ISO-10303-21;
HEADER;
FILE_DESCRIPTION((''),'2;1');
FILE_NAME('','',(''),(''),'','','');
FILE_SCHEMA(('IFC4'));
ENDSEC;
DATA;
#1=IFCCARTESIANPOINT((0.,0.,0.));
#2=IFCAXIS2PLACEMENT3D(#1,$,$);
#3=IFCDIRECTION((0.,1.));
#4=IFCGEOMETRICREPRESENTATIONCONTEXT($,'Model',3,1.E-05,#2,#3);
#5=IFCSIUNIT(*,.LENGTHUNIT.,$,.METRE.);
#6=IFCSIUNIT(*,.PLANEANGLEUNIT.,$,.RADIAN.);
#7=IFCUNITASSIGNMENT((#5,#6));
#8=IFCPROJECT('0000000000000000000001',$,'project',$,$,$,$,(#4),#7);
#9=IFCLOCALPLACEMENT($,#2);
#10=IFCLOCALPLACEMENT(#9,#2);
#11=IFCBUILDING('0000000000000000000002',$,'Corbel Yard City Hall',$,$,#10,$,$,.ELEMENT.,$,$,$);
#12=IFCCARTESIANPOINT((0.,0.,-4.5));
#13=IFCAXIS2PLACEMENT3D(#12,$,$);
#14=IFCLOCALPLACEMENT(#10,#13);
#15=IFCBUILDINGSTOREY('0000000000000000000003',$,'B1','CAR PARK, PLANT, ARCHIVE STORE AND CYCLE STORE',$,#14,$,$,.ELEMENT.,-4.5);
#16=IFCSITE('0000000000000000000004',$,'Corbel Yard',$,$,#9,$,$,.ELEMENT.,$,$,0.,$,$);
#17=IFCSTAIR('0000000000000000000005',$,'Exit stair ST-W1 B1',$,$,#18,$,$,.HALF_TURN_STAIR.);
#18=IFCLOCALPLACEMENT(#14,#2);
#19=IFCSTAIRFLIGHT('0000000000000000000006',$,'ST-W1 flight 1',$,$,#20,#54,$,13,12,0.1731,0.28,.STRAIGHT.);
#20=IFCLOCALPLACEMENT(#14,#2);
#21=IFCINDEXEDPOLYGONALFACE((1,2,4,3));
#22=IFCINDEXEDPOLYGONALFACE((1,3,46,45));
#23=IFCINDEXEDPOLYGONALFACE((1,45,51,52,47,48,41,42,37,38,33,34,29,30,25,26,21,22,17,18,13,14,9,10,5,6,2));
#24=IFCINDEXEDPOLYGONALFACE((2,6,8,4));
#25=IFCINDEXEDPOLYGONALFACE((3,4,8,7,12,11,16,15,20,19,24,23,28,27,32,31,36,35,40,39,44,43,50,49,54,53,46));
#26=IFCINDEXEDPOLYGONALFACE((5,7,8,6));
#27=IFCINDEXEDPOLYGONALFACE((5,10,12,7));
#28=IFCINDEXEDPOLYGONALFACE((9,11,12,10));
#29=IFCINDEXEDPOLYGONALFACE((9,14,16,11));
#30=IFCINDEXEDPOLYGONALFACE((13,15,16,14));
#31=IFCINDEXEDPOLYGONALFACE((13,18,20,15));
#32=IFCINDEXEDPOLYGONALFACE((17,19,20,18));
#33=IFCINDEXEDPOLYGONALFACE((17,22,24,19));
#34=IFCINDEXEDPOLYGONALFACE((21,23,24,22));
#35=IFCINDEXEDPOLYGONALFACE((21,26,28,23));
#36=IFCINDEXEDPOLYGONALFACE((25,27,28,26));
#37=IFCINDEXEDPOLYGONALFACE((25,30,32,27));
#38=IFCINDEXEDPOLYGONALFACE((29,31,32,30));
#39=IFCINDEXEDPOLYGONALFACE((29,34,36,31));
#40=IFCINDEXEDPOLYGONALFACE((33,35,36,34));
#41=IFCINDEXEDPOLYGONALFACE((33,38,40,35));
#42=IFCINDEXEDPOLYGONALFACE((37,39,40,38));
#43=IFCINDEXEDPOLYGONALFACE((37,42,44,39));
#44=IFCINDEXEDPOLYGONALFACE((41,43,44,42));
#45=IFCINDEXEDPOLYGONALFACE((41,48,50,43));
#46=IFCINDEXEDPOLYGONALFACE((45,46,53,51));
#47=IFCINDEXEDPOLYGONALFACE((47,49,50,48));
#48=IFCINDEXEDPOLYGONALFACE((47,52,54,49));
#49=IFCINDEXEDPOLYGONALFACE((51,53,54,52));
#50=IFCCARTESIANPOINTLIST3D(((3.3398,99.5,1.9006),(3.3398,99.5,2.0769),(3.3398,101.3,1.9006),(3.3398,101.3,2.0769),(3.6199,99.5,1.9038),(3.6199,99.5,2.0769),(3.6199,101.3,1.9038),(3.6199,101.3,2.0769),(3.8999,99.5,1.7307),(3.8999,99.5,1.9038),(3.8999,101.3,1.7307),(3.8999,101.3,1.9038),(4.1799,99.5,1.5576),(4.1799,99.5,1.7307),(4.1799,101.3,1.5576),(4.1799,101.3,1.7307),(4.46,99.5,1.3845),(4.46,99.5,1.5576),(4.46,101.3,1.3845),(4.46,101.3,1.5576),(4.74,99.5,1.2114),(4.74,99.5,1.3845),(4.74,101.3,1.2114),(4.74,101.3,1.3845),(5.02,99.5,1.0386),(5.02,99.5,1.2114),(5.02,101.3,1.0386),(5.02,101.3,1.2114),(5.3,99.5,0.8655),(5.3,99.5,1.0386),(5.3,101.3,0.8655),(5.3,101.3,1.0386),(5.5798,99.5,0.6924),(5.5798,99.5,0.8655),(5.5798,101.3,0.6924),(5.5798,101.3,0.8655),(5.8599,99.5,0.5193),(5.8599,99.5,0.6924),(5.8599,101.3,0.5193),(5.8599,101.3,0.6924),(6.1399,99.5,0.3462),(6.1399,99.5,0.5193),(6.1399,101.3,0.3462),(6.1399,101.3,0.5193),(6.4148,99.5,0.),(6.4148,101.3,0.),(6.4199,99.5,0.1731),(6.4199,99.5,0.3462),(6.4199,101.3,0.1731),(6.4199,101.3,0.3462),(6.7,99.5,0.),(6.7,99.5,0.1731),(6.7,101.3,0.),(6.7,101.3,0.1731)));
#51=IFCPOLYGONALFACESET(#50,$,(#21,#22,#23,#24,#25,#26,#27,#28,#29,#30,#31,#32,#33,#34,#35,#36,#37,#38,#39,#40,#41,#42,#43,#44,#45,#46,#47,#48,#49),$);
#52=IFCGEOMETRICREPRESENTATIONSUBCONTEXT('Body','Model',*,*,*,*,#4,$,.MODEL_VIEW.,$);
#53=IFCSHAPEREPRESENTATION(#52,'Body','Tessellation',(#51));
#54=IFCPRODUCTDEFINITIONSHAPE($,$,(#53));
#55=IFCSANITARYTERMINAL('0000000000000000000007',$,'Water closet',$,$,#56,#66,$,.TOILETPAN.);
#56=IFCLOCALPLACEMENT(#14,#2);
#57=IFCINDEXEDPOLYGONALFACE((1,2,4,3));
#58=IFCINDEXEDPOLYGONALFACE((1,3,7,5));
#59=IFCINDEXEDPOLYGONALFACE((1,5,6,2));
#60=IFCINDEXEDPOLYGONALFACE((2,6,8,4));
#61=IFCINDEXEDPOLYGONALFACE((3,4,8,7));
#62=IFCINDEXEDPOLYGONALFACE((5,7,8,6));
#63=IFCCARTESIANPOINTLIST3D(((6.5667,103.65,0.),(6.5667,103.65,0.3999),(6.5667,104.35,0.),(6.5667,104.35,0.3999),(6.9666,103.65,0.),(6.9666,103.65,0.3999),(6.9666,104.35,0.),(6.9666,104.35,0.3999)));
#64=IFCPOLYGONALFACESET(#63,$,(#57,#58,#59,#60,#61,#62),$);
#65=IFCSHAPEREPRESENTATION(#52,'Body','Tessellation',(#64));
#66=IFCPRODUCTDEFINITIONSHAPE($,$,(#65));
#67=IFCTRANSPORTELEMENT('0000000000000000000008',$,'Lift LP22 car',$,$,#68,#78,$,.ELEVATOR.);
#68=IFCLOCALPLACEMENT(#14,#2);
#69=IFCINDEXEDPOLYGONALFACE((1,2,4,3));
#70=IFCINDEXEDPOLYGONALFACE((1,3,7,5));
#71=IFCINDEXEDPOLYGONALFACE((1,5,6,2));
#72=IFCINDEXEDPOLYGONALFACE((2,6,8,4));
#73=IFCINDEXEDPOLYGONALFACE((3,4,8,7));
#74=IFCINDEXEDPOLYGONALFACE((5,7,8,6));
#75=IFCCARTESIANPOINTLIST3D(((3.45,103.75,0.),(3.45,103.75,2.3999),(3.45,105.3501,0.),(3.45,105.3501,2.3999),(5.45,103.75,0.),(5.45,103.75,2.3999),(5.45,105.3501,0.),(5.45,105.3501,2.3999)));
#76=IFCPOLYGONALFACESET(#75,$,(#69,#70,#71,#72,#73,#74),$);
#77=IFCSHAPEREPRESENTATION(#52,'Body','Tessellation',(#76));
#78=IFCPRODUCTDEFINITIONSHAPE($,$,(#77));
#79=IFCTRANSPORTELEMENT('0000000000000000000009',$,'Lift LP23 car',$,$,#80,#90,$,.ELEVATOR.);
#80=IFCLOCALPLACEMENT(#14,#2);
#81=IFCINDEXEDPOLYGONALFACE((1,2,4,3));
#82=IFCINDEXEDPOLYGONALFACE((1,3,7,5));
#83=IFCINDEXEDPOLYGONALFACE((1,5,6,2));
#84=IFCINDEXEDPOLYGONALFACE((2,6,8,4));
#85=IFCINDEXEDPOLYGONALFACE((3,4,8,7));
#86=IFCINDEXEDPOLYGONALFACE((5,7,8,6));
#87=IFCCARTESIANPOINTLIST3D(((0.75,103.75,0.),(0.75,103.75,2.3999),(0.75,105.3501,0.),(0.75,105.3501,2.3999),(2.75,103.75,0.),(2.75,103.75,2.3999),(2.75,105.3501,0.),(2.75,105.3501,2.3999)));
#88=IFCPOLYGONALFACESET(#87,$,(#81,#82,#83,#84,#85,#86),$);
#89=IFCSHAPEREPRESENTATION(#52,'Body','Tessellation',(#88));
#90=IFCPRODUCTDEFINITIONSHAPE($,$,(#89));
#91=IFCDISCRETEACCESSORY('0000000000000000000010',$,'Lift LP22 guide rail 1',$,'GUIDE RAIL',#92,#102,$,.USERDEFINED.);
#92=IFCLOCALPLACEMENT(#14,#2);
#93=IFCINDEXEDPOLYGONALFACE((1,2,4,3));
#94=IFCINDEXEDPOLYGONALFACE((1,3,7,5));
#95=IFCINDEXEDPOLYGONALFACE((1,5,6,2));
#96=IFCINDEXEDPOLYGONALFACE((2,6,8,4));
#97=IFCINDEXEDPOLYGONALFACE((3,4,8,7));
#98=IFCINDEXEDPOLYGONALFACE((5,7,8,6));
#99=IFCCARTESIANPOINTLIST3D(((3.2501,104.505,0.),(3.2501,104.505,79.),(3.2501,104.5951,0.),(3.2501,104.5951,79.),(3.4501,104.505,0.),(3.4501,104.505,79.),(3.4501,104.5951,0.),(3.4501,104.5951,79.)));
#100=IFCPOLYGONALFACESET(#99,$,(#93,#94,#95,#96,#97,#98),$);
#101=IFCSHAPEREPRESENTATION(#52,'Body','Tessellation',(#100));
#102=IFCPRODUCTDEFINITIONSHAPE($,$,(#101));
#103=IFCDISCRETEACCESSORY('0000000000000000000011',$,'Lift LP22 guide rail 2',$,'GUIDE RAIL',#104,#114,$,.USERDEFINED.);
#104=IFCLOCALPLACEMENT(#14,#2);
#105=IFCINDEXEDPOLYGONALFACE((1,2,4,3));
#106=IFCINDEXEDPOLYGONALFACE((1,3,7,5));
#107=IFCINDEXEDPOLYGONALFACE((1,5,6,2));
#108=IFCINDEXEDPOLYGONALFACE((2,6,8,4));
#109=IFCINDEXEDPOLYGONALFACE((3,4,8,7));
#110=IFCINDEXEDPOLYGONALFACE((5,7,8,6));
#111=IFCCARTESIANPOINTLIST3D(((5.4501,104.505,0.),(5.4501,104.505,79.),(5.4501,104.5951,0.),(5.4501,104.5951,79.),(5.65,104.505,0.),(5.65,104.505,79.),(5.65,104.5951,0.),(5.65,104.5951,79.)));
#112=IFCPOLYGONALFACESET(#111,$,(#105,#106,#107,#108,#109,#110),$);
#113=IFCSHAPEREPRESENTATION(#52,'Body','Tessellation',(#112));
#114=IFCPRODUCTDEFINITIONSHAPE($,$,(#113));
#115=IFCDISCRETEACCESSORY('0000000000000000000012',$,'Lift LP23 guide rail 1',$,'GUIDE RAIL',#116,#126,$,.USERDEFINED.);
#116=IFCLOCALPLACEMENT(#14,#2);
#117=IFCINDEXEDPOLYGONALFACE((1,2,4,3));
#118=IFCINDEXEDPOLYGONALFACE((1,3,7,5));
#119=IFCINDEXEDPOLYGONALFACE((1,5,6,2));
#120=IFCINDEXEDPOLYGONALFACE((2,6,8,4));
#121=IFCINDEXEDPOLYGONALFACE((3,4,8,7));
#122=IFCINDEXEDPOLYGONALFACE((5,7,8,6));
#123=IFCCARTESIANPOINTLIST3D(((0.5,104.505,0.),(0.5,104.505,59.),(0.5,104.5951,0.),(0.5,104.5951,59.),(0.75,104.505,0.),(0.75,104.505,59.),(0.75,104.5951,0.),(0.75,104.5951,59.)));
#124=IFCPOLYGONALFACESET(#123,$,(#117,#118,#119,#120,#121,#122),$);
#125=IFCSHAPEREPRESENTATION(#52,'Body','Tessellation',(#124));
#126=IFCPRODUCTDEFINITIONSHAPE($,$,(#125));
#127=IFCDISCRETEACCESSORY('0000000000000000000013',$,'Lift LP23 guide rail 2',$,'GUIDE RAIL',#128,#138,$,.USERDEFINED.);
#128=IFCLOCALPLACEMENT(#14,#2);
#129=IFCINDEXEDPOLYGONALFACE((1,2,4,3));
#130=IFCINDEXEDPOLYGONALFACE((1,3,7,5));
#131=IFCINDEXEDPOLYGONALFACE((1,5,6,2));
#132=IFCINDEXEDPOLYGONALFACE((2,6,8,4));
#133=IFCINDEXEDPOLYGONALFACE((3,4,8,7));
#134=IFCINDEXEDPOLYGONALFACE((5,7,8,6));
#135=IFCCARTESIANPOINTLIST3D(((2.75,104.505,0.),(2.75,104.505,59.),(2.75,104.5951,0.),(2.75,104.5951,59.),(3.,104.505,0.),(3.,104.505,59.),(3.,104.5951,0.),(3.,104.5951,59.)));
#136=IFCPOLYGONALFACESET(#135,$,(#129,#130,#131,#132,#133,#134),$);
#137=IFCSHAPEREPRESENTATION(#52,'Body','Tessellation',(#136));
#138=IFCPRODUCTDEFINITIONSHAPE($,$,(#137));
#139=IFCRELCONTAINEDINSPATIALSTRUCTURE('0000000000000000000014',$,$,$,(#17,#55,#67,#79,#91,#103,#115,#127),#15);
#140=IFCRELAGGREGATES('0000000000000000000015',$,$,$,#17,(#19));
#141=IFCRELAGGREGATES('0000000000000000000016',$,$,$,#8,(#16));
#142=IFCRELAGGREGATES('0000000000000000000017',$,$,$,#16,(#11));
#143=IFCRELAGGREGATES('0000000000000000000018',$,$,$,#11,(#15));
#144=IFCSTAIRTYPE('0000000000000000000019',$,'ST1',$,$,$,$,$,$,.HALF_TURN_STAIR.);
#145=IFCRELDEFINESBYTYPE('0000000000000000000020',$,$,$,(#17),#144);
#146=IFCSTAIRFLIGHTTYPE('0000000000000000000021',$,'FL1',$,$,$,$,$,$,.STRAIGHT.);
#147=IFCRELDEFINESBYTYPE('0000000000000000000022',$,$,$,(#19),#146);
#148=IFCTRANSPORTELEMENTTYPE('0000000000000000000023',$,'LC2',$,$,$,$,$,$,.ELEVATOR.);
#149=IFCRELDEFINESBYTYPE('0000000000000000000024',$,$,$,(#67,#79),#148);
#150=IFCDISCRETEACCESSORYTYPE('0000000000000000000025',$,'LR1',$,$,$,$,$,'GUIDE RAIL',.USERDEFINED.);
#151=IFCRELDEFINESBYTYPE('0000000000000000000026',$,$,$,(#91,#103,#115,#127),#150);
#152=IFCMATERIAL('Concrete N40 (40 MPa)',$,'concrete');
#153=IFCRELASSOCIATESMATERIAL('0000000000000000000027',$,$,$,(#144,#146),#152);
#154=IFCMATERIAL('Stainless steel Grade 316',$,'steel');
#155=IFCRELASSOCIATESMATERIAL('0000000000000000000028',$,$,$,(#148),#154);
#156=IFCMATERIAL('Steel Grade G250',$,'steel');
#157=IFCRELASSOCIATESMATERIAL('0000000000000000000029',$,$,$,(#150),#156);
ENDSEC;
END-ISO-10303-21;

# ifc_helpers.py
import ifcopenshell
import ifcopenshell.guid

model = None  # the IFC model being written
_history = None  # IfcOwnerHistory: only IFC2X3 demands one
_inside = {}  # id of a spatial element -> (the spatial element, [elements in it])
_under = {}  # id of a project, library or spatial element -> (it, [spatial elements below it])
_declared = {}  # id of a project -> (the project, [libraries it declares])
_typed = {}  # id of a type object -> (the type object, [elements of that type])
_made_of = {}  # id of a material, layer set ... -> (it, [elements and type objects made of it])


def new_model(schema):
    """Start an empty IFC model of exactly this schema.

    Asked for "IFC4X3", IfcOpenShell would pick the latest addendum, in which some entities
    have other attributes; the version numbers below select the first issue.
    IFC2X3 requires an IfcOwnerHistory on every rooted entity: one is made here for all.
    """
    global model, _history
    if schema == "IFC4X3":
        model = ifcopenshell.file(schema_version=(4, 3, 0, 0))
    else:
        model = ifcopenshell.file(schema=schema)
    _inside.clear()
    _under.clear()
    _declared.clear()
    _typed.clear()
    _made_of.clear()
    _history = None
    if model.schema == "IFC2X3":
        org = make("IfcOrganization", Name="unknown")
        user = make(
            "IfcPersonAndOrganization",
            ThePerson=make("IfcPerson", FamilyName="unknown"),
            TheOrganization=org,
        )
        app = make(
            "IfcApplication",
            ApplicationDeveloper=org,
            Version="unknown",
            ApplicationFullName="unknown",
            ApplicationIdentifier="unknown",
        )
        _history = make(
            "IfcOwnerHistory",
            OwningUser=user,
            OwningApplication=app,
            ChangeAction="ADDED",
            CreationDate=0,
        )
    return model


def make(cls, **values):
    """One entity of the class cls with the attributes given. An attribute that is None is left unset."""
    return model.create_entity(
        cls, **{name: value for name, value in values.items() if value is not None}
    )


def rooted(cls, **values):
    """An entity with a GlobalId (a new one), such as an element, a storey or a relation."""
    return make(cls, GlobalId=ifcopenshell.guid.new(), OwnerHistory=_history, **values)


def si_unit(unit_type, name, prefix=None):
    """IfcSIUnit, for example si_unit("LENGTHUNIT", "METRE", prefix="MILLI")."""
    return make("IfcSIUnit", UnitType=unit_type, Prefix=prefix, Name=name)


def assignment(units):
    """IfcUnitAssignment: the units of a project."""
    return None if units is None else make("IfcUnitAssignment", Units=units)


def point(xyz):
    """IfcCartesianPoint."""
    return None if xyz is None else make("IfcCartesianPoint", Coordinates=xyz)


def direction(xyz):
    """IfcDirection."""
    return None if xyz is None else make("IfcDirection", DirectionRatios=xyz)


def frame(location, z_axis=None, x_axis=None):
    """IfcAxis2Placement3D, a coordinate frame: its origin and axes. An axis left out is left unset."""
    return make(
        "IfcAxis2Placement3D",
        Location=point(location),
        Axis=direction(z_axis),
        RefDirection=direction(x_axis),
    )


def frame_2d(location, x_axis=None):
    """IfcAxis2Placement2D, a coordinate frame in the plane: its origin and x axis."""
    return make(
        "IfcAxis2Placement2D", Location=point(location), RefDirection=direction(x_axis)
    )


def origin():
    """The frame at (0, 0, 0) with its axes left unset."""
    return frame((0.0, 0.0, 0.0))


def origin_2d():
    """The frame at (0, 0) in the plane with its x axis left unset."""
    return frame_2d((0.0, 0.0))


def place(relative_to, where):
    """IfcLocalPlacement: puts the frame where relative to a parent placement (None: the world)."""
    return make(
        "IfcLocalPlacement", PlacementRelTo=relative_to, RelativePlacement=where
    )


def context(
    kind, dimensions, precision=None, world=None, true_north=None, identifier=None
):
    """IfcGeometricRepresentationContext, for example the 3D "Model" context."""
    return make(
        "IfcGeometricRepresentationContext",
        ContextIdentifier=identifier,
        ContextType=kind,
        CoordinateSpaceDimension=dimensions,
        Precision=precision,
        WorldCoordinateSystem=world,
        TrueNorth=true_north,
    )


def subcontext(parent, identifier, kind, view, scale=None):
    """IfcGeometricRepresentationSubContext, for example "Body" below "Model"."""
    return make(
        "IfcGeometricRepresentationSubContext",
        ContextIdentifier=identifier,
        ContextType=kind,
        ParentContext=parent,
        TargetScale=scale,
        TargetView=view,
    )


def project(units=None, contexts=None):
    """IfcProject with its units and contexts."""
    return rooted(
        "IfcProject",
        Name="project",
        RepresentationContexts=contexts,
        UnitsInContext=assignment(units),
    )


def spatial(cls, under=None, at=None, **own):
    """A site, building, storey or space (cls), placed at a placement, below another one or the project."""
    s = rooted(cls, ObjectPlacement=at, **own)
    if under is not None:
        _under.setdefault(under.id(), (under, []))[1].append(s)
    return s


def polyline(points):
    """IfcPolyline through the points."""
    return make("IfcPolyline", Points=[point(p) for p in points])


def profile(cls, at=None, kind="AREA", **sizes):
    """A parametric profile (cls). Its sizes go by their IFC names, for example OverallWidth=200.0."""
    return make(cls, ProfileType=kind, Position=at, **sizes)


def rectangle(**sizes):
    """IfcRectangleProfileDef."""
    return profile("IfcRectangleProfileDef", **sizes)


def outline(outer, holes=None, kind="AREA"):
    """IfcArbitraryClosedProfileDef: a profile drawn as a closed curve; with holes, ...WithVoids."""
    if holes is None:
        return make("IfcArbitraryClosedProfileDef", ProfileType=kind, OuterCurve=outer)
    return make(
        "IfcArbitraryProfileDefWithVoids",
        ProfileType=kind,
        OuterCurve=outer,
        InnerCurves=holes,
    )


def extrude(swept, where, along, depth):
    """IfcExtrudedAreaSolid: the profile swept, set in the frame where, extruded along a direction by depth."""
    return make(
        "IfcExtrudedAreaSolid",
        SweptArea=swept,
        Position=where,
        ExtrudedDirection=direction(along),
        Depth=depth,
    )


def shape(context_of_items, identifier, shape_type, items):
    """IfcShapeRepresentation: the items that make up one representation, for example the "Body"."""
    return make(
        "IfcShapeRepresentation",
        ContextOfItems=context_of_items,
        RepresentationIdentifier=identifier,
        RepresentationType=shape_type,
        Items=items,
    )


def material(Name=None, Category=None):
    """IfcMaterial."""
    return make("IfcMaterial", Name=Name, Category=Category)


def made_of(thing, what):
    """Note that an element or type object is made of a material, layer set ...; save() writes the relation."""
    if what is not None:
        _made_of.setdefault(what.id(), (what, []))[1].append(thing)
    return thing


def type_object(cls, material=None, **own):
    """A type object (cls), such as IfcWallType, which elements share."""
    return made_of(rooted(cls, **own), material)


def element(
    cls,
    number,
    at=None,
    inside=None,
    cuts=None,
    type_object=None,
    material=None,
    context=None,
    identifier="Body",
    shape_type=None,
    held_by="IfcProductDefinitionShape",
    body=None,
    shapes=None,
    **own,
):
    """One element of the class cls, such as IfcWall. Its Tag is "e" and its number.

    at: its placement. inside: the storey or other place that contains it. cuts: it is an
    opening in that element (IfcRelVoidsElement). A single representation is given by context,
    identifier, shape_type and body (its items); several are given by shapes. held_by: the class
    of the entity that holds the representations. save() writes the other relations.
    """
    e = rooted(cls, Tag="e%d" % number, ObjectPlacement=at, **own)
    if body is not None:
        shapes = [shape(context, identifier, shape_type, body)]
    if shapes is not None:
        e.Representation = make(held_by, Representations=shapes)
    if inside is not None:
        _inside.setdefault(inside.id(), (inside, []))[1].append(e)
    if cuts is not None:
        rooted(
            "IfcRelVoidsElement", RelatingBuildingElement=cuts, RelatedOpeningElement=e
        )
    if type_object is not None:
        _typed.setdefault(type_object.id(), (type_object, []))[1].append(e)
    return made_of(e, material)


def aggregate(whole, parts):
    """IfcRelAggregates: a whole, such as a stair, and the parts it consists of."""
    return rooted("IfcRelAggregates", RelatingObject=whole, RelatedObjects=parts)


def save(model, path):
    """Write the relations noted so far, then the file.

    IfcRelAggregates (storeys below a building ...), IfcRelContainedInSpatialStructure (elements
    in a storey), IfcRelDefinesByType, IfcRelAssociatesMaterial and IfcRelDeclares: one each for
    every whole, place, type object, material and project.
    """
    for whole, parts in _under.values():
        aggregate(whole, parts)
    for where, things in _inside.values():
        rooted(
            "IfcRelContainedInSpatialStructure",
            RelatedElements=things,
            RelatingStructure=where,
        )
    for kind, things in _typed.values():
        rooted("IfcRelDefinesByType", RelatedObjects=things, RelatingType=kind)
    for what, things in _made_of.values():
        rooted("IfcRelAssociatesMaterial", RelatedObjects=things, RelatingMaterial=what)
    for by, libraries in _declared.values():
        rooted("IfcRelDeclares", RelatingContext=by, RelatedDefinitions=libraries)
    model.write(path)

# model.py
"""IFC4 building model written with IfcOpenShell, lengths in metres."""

from ifc_helpers import new_model, si_unit, direction, frame, origin, origin_2d, place, context, subcontext, project, spatial, polyline, rectangle, outline, extrude, material, type_object, element, aggregate, save


model = new_model("IFC4")

# Units and contexts
model_context = context("Model", 3, precision=1e-05, world=origin(), true_north=direction((0.0, 1.0)))
body_context = subcontext(model_context, "Body", "Model", "MODEL_VIEW")
ifc_project = project(units=[si_unit("LENGTHUNIT", "METRE"), si_unit("PLANEANGLEUNIT", "RADIAN")], contexts=[model_context])

# Site, building, storey
site_placement = place(None, origin())
site = spatial("IfcSite", under=ifc_project, at=site_placement, Name="Corbel Yard", CompositionType="ELEMENT", RefElevation=0.0)
building_placement = place(site_placement, origin())
building = spatial("IfcBuilding", under=site, at=building_placement, Name="Corbel Yard City Hall", CompositionType="ELEMENT")
storey_placement = place(building_placement, frame((0.0, 0.0, -4.5)))
storey = spatial("IfcBuildingStorey", under=building, at=storey_placement, Name="B1", Description="CAR PARK, PLANT, ARCHIVE STORE AND CYCLE STORE", CompositionType="ELEMENT", Elevation=-4.5)

# Shared definitions
ifc_material_1 = material(Name="Concrete N40 (40 MPa)", Category="concrete")

# Shared definitions
ifc_material_2 = material(Name="Stainless steel Grade 316", Category="steel")

# Stair, stair flight
stair_type = type_object("IfcStairType", Name="ST1", PredefinedType="HALF_TURN_STAIR", material=ifc_material_1)
stair_placement = place(storey_placement, origin())
stair = element("IfcStair", 1, at=stair_placement, inside=storey, type_object=stair_type, Name="Exit stair ST-W1 B1", PredefinedType="HALF_TURN_STAIR")
stair_flight_type = type_object("IfcStairFlightType", Name="FL1", PredefinedType="STRAIGHT", material=ifc_material_1)
stair_flight_placement = place(storey_placement, frame((6.7, 100.3999, 0.0), z_axis=(0.0, 0.0, 1.0), x_axis=(-1.0, 0.0, 0.0)))
stair_flight = element("IfcStairFlight", 2, at=stair_flight_placement, type_object=stair_flight_type, Name="ST-W1 flight 1", NumberOfRisers=13, NumberOfTreads=12, PredefinedType="STRAIGHT", RiserHeight=0.1731, TreadLength=0.28, context=body_context, shape_type="SweptSolid", body=[
    extrude(outline(polyline([(0.0, 0.0), (0.0, 0.1731), (0.28, 0.1731), (0.28, 0.3462), (0.5601, 0.3462), (0.5601, 0.5193), (0.8401, 0.5193), (0.8401, 0.6924), (1.1201, 0.6924), (1.1201, 0.8655), (1.3999, 0.8655), (1.3999, 1.0386), (1.6799, 1.0386), (1.6799, 1.2114), (1.96, 1.2114), (1.96, 1.3845), (2.24, 1.3845), (2.24, 1.5576), (2.52, 1.5576), (2.52, 1.7307), (2.8, 1.7307), (2.8, 1.9038), (3.0801, 1.9038), (3.0801, 2.0769), (3.3601, 2.0769), (3.3601, 2.25), (3.3601, 1.9006), (0.2852, 0.0), (0.0, 0.0)])), frame((0.0, 0.8999, 0.0), z_axis=(0.0, -1.0, 0.0), x_axis=(1.0, 0.0, 0.0)), (0.0, 0.0, 1.0), 1.8),
])
aggregate(stair, [stair_flight])

# Sanitary terminal
sanitary_terminal_placement = place(storey_placement, frame((6.7666, 104.0, 0.0), z_axis=(0.0, 0.0, 1.0), x_axis=(1.0, 0.0, 0.0)))
element("IfcSanitaryTerminal", 3, at=sanitary_terminal_placement, inside=storey, Name="Water closet", PredefinedType="TOILETPAN", context=body_context, shape_type="SweptSolid", body=[
    extrude(rectangle(XDim=0.3999, YDim=0.7, at=origin_2d()), origin(), (0.0, 0.0, 1.0), 0.3999),
])

# Transport elements
transport_element_type = type_object("IfcTransportElementType", Name="LC2", PredefinedType="ELEVATOR", material=ifc_material_2)
for number, where, z_axis, x_axis, name in (
    (4, (4.45, 104.55, 0.0), (0.0, 0.0, 1.0), (1.0, 0.0, 0.0), "Lift LP22 car"),
    (5, (1.75, 104.55, 0.0), (0.0, 0.0, 1.0), (1.0, 0.0, 0.0), "Lift LP23 car"),
):
    element("IfcTransportElement", number, at=place(storey_placement, frame(where, z_axis=z_axis, x_axis=x_axis)), inside=storey, type_object=transport_element_type, Name=name, PredefinedType="ELEVATOR", context=body_context, shape_type="SweptSolid", body=[
        extrude(rectangle(XDim=2.0, YDim=1.6001, at=origin_2d()), origin(), (0.0, 0.0, 1.0), 2.3999),
    ])

# Discrete accessories
ifc_material_3 = material(Name="Steel Grade G250", Category="steel")
discrete_accessory_type = type_object("IfcDiscreteAccessoryType", Name="LR1", ElementType="GUIDE RAIL", PredefinedType="USERDEFINED", material=ifc_material_3)
for number, where, z_axis, x_axis, name in (
    (6, (3.3501, 104.55, 0.0), (0.0, 0.0, 1.0), (1.0, 0.0, 0.0), "Lift LP22 guide rail 1"),
    (7, (5.55, 104.55, 0.0), (0.0, 0.0, 1.0), (1.0, 0.0, 0.0), "Lift LP22 guide rail 2"),
):
    element("IfcDiscreteAccessory", number, at=place(storey_placement, frame(where, z_axis=z_axis, x_axis=x_axis)), inside=storey, type_object=discrete_accessory_type, Name=name, ObjectType="GUIDE RAIL", PredefinedType="USERDEFINED", context=body_context, shape_type="SweptSolid", body=[
        extrude(rectangle(XDim=0.2, YDim=0.0901, at=origin_2d()), origin(), (0.0, 0.0, 1.0), 79.0),
    ])
for number, where, z_axis, x_axis, name in (
    (8, (0.625, 104.55, 0.0), (0.0, 0.0, 1.0), (1.0, 0.0, 0.0), "Lift LP23 guide rail 1"),
    (9, (2.875, 104.55, 0.0), (0.0, 0.0, 1.0), (1.0, 0.0, 0.0), "Lift LP23 guide rail 2"),
):
    element("IfcDiscreteAccessory", number, at=place(storey_placement, frame(where, z_axis=z_axis, x_axis=x_axis)), inside=storey, type_object=discrete_accessory_type, Name=name, ObjectType="GUIDE RAIL", PredefinedType="USERDEFINED", context=body_context, shape_type="SweptSolid", body=[
        extrude(rectangle(XDim=0.25, YDim=0.0901, at=origin_2d()), origin(), (0.0, 0.0, 1.0), 59.0),
    ])

save(model, "model.ifc")
